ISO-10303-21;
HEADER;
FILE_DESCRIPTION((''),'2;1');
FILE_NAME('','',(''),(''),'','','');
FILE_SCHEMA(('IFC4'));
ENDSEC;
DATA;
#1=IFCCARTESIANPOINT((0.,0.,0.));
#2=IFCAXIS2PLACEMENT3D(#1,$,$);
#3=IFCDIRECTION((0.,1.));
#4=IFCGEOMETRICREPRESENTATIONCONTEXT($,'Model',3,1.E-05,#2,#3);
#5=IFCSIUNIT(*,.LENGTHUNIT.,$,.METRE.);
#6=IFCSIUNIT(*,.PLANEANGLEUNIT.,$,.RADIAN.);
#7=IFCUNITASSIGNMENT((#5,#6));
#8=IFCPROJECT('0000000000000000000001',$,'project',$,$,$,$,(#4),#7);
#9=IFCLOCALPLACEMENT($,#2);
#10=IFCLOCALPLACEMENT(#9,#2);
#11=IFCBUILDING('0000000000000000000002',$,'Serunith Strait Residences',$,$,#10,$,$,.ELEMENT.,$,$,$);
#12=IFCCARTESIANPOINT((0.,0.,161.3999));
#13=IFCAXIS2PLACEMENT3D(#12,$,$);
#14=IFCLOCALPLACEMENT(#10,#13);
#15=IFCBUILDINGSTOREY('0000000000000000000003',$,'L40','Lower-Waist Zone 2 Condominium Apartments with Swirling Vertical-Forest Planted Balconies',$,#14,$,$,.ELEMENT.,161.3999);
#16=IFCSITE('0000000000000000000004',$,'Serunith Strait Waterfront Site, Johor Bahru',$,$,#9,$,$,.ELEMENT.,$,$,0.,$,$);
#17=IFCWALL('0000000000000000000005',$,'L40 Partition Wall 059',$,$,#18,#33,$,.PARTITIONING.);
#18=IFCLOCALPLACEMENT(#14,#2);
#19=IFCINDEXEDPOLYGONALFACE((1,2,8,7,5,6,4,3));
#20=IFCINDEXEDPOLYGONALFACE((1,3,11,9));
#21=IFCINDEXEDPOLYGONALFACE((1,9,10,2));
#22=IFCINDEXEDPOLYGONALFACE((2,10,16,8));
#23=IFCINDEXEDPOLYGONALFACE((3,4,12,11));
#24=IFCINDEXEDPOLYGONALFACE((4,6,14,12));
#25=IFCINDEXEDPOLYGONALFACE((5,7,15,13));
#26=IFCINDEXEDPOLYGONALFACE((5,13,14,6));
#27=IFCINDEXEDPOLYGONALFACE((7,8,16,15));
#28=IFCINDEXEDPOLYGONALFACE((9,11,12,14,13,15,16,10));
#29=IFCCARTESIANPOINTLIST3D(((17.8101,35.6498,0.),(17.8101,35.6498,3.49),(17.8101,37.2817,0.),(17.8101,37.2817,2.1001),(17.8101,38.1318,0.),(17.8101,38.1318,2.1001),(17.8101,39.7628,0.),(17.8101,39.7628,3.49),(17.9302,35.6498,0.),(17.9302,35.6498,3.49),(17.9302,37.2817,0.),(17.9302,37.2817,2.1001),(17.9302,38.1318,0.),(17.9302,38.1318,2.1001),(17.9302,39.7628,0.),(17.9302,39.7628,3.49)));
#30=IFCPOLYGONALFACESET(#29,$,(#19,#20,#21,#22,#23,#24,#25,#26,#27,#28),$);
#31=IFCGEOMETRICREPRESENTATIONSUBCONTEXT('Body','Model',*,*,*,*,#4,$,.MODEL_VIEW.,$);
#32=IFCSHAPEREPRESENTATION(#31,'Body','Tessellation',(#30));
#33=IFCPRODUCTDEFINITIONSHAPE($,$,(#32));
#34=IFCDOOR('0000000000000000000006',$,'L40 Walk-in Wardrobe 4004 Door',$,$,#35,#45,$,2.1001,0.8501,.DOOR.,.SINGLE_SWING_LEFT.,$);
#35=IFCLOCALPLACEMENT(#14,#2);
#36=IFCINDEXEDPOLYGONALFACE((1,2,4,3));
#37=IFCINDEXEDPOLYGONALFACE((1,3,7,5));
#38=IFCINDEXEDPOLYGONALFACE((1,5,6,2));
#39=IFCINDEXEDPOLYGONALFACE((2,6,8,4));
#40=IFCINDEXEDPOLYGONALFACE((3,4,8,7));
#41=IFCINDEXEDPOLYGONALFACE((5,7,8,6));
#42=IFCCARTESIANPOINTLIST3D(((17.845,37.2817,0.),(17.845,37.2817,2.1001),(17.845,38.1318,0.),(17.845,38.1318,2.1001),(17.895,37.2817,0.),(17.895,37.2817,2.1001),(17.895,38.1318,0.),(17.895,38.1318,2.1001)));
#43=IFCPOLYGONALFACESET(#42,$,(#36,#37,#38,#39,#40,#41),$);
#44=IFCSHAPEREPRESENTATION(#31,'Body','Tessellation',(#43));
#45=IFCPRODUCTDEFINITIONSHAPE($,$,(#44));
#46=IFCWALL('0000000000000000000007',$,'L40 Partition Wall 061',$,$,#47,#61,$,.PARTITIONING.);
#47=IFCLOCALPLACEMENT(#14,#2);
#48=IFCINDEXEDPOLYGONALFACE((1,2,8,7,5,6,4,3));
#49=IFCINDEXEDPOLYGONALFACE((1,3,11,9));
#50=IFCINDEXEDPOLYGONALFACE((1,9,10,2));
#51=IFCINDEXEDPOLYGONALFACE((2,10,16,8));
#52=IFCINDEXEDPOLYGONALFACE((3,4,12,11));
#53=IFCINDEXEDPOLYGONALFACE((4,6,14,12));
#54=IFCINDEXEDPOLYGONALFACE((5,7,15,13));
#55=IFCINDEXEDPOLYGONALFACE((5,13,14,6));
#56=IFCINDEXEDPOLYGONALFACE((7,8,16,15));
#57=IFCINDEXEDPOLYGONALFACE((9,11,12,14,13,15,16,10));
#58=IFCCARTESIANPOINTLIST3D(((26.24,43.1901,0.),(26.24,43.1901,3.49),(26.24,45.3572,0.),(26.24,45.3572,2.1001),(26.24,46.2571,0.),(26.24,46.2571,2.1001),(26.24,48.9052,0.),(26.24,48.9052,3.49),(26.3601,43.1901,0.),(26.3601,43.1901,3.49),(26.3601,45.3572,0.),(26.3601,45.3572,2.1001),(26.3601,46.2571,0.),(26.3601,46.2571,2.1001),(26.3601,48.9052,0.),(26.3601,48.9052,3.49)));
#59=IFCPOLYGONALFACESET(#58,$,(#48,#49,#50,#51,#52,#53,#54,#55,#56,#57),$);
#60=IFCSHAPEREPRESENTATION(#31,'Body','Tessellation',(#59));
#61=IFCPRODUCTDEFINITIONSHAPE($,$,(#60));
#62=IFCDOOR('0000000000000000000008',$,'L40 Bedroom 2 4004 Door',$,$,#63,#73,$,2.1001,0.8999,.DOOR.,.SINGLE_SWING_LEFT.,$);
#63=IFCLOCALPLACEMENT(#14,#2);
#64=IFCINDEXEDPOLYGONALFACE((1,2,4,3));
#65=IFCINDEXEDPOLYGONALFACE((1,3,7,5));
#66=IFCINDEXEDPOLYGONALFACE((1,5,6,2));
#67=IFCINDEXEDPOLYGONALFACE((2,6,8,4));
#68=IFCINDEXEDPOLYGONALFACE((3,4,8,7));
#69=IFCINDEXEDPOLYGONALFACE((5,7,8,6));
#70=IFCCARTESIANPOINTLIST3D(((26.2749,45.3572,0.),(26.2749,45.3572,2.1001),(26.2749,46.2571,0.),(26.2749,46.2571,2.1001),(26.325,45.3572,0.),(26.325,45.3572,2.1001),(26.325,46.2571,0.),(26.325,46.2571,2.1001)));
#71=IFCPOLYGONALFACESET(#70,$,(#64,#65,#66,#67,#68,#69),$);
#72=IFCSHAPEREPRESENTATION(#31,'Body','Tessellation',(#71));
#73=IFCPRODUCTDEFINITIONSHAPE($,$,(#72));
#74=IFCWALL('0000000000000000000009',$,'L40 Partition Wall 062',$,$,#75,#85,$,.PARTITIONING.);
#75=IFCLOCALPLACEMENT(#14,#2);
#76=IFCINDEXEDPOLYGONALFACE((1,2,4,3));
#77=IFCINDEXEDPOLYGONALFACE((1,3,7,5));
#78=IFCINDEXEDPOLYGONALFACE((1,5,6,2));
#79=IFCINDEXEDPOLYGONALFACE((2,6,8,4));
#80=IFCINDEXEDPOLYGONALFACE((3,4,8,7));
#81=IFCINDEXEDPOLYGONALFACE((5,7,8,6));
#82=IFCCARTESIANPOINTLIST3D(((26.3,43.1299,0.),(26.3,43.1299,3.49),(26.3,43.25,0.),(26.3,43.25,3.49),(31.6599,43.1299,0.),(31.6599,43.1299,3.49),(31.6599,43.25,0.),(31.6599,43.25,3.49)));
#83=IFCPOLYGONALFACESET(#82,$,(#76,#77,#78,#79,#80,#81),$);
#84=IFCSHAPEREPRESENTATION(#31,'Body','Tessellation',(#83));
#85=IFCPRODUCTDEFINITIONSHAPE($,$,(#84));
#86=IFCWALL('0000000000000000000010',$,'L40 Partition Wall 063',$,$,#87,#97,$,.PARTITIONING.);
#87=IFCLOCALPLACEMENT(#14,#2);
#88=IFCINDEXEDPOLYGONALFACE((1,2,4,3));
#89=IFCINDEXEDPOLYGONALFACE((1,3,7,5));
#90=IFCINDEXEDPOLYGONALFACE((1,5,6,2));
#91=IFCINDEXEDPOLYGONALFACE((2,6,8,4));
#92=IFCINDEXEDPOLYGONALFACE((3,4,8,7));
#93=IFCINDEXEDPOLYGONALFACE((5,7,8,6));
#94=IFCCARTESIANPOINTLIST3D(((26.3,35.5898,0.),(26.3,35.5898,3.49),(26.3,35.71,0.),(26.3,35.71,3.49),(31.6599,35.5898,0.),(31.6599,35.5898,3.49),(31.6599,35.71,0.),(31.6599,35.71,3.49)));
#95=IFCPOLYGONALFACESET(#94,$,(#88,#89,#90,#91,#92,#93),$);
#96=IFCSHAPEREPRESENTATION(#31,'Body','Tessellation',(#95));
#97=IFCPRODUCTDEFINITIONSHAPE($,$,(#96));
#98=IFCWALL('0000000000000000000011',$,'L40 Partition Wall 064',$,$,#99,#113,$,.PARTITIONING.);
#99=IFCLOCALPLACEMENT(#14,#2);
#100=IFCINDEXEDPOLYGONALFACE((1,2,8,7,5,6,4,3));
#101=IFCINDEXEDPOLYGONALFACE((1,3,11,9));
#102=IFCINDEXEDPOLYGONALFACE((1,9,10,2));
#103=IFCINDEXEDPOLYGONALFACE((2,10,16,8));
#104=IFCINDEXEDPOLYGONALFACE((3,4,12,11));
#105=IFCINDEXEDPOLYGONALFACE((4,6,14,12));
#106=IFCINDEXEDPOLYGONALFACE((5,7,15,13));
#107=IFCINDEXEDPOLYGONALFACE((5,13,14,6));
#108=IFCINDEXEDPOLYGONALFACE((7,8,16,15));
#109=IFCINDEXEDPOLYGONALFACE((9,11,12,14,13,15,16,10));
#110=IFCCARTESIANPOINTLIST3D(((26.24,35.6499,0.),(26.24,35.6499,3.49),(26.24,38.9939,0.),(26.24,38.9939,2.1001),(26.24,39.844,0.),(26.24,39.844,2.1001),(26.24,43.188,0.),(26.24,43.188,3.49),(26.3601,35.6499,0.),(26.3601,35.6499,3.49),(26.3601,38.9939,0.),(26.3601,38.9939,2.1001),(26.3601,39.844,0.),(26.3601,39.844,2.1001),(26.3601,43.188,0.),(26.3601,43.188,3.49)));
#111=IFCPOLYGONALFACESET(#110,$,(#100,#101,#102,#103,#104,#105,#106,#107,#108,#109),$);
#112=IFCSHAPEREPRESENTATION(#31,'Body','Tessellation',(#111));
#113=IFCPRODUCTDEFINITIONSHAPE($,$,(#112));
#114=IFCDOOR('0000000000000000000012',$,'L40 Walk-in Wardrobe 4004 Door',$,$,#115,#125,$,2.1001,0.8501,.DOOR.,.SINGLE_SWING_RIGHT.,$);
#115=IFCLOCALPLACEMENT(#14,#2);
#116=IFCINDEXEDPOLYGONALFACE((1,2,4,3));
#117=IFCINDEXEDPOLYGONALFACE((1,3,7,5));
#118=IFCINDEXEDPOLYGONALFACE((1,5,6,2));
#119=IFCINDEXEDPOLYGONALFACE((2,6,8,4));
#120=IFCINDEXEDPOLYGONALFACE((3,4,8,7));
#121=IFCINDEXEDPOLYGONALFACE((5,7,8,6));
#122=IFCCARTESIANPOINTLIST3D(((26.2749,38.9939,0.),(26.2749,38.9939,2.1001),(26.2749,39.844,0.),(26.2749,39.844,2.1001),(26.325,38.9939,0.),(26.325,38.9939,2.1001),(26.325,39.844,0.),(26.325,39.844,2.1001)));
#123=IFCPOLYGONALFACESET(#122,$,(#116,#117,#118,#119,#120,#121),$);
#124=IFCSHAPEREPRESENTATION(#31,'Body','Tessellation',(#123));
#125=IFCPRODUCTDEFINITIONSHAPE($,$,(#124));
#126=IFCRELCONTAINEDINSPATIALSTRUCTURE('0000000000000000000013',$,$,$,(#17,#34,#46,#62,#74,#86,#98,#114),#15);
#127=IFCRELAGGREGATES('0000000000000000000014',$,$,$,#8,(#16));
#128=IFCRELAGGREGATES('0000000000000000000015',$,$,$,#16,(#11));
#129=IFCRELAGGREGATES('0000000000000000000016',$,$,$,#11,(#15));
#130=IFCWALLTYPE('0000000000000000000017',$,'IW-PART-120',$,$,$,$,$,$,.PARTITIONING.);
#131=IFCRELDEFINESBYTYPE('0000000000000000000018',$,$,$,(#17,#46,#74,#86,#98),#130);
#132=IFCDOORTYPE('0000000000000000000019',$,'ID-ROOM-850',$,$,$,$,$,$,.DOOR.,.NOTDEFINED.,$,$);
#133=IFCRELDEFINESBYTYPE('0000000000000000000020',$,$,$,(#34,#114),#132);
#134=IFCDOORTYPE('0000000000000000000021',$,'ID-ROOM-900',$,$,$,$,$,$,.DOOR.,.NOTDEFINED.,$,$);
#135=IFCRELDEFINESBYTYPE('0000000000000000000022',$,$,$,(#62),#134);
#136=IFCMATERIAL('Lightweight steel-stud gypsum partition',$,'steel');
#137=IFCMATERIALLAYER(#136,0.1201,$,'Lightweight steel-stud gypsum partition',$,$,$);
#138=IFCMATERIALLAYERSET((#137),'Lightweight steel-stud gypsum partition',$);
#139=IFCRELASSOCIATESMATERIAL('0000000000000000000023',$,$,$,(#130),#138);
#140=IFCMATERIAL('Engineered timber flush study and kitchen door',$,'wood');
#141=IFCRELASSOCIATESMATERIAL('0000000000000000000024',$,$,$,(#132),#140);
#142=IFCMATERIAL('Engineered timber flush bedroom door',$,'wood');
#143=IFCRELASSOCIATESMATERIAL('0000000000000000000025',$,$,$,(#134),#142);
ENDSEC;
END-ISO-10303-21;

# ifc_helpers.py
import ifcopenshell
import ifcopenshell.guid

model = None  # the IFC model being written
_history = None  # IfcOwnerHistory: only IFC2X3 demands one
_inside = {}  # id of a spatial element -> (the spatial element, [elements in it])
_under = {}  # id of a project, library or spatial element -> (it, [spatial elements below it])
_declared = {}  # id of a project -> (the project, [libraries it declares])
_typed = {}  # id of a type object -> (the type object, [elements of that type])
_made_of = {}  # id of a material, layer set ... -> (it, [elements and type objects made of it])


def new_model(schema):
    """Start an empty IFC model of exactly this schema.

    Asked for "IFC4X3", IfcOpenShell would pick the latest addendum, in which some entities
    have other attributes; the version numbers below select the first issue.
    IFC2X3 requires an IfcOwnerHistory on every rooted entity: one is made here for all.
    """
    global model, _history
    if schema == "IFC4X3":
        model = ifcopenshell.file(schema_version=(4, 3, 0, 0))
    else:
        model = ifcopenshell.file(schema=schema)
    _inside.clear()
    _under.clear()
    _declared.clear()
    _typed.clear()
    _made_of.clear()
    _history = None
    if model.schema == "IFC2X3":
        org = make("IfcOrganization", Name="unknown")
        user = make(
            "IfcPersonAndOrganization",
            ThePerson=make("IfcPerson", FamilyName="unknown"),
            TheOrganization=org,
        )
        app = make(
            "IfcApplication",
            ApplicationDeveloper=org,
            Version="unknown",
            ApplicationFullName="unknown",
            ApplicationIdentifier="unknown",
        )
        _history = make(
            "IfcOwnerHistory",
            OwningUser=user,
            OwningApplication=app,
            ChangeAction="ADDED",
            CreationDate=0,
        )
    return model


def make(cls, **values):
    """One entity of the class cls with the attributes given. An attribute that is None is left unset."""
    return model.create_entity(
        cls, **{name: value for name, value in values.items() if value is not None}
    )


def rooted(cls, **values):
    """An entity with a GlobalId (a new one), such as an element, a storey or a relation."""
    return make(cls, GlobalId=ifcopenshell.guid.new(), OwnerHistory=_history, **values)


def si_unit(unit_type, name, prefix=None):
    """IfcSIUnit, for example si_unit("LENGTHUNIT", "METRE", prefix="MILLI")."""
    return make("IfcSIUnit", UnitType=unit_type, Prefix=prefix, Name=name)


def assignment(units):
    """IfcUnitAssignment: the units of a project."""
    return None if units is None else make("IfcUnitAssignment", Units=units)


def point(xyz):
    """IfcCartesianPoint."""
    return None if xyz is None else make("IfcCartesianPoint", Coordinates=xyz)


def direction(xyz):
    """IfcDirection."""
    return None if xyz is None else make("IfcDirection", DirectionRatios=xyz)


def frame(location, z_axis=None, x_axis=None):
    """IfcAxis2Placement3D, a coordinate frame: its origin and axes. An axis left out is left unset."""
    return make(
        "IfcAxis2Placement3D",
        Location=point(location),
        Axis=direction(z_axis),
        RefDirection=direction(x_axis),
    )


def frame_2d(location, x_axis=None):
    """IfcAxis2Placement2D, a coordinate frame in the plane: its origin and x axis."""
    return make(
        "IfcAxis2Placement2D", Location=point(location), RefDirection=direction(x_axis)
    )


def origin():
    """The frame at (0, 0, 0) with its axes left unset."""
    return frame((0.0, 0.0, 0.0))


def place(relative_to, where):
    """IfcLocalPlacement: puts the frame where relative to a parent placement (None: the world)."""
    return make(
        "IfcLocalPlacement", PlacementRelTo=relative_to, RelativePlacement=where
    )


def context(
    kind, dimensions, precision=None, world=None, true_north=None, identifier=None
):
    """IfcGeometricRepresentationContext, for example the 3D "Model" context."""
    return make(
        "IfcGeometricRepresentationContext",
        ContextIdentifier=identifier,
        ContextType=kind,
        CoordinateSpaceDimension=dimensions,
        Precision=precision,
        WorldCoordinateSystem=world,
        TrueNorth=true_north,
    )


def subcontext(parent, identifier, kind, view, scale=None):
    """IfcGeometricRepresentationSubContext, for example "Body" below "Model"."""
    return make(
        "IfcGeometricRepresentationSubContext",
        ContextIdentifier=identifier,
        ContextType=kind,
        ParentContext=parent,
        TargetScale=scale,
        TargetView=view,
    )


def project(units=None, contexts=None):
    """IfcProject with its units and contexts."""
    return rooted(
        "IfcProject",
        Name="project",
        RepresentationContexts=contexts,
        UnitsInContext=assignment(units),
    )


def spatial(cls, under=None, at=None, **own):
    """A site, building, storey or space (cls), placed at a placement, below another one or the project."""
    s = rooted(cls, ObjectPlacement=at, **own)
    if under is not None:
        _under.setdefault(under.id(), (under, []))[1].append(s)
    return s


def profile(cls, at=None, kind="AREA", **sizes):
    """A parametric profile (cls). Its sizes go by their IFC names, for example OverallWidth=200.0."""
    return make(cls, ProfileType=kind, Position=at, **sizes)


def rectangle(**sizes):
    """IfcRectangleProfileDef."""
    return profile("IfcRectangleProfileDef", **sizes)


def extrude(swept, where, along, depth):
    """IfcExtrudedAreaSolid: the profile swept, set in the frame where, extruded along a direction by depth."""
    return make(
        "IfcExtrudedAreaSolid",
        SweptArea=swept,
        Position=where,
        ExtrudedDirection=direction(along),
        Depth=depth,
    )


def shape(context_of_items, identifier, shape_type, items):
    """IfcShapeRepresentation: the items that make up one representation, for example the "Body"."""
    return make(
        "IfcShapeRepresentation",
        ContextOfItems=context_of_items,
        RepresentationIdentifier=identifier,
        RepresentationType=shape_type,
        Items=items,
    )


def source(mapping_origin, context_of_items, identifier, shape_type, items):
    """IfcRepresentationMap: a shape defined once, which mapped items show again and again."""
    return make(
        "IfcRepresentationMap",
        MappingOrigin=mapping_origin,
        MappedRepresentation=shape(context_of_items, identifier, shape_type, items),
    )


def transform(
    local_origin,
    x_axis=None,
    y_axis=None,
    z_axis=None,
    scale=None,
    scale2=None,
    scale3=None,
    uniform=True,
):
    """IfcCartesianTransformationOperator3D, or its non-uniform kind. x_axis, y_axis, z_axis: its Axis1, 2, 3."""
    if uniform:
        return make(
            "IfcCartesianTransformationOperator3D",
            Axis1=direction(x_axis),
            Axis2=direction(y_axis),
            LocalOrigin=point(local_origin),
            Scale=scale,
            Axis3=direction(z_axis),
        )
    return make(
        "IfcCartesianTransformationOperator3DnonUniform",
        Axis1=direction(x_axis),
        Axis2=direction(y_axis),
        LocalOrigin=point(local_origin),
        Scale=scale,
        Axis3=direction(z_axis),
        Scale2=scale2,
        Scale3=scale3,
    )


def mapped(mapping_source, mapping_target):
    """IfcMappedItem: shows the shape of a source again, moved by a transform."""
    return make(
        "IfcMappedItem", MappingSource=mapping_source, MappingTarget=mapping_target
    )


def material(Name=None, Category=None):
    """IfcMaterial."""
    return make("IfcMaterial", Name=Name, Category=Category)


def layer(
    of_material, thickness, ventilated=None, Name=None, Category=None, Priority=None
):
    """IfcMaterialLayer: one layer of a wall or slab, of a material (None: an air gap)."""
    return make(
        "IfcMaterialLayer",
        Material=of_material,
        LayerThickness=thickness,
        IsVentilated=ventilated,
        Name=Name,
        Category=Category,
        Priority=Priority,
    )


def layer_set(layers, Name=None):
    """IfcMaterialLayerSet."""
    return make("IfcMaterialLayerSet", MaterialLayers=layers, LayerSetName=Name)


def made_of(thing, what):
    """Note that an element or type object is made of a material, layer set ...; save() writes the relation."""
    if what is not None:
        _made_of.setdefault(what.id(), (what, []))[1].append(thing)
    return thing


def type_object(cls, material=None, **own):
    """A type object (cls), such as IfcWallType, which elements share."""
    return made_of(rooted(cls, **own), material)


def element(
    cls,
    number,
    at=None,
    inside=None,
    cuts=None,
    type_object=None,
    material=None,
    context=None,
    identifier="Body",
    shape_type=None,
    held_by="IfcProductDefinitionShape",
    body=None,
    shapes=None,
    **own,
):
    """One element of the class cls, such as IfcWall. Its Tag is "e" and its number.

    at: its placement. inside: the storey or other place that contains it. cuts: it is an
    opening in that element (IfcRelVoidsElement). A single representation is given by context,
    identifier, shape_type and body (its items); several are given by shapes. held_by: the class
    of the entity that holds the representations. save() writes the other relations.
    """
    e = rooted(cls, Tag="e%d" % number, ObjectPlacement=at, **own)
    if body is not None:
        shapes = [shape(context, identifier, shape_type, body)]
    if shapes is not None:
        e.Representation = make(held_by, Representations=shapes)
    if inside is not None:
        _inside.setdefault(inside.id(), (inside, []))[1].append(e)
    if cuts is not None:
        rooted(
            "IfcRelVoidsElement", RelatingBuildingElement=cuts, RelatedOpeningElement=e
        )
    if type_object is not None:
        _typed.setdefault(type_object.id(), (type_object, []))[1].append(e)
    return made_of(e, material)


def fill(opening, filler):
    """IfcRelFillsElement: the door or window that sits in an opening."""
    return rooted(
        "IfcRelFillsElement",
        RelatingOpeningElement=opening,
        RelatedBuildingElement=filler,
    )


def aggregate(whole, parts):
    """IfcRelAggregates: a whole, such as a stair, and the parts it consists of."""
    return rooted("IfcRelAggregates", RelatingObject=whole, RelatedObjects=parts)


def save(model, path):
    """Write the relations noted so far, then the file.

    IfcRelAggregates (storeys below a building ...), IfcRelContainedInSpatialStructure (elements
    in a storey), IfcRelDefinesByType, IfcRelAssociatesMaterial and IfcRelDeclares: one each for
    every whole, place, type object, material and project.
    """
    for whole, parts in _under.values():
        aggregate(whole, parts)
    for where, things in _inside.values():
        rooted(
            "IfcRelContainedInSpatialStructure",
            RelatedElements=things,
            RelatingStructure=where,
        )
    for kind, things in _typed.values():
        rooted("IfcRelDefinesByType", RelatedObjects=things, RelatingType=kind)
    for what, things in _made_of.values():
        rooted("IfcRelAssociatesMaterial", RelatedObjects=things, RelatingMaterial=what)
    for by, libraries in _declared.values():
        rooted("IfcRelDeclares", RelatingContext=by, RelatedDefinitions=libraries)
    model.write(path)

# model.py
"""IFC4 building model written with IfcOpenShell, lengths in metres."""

from ifc_helpers import new_model, si_unit, direction, frame, frame_2d, origin, place, context, subcontext, project, spatial, rectangle, extrude, source, transform, mapped, material, layer, layer_set, type_object, element, fill, save


model = new_model("IFC4")

# Units and contexts
model_context = context("Model", 3, precision=1e-05, world=origin(), true_north=direction((0.0, 1.0)))
body_context = subcontext(model_context, "Body", "Model", "MODEL_VIEW")
ifc_project = project(units=[si_unit("LENGTHUNIT", "METRE"), si_unit("PLANEANGLEUNIT", "RADIAN")], contexts=[model_context])

# Site, building, storey
site_placement = place(None, origin())
site = spatial("IfcSite", under=ifc_project, at=site_placement, Name="Serunith Strait Waterfront Site, Johor Bahru", CompositionType="ELEMENT", RefElevation=0.0)
building_placement = place(site_placement, origin())
building = spatial("IfcBuilding", under=site, at=building_placement, Name="Serunith Strait Residences", CompositionType="ELEMENT")
storey_placement = place(building_placement, frame((0.0, 0.0, 161.3999)))
storey = spatial("IfcBuildingStorey", under=building, at=storey_placement, Name="L40", Description="Lower-Waist Zone 2 Condominium Apartments with Swirling Vertical-Forest Planted Balconies", CompositionType="ELEMENT", Elevation=161.3999)

# Shared definitions
ifc_material_1 = material(Name="Lightweight steel-stud gypsum partition", Category="steel")
ifc_layer_1 = layer(ifc_material_1, 0.1201, Name="Lightweight steel-stud gypsum partition")
ifc_layer_set_1 = layer_set([ifc_layer_1], Name="Lightweight steel-stud gypsum partition")
wall_type = type_object("IfcWallType", Name="IW-PART-120", PredefinedType="PARTITIONING", material=ifc_layer_set_1)
ifc_material_2 = material(Name="Engineered timber flush study and kitchen door", Category="wood")
door_type_1 = type_object("IfcDoorType", Name="ID-ROOM-850", OperationType="NOTDEFINED", PredefinedType="DOOR", material=ifc_material_2)
shared_shape_1 = source(origin(), body_context, "Body", "SweptSolid", [
    extrude(rectangle(XDim=0.8501, YDim=2.1001, at=frame_2d((0.425, 1.05))), frame((0.0, 0.0249, 0.0), z_axis=(0.0, -1.0, 0.0), x_axis=(1.0, 0.0, 0.0)), (0.0, 0.0, 1.0), 0.05),
])

# Walls, openings, doors
ifc_material_3 = material(Name="Engineered timber flush bedroom door", Category="wood")
door_type_2 = type_object("IfcDoorType", Name="ID-ROOM-900", OperationType="NOTDEFINED", PredefinedType="DOOR", material=ifc_material_3)
shared_shape_2 = source(origin(), body_context, "Body", "SweptSolid", [
    extrude(rectangle(XDim=0.8999, YDim=2.1001, at=frame_2d((0.45, 1.05))), frame((0.0, 0.0249, 0.0), z_axis=(0.0, -1.0, 0.0), x_axis=(1.0, 0.0, 0.0)), (0.0, 0.0, 1.0), 0.05),
])
wall_1_placement = place(storey_placement, frame((17.8701, 39.7629, 0.0), z_axis=(0.0, 0.0, 1.0), x_axis=(0.0, -1.0, 0.0)))
wall_1 = element("IfcWall", 1, at=wall_1_placement, inside=storey, type_object=wall_type, Name="L40 Partition Wall 059", PredefinedType="PARTITIONING", context=body_context, shape_type="SweptSolid", body=[
    extrude(rectangle(XDim=4.113, YDim=0.1201, at=frame_2d((2.0566, 0.0))), origin(), (0.0, 0.0, 1.0), 3.49),
])
opening_1_placement = place(wall_1_placement, frame((1.6311, 0.0, 0.0)))
opening_1 = element("IfcOpeningElement", 2, at=opening_1_placement, cuts=wall_1, PredefinedType="OPENING", context=body_context, shape_type="SweptSolid", body=[
    extrude(rectangle(XDim=0.8501, YDim=2.1001, at=frame_2d((0.425, 1.05))), frame((0.0, 0.0701, 0.0), z_axis=(0.0, -1.0, 0.0), x_axis=(1.0, 0.0, 0.0)), (0.0, 0.0, 1.0), 0.1401),
])
door_1_placement = place(opening_1_placement, origin())
door_1 = element("IfcDoor", 3, at=door_1_placement, inside=storey, type_object=door_type_1, Name="L40 Walk-in Wardrobe 4004 Door", OperationType="SINGLE_SWING_LEFT", OverallHeight=2.1001, OverallWidth=0.8501, PredefinedType="DOOR", context=body_context, shape_type="MappedRepresentation", body=[
    mapped(shared_shape_1, transform((0.0, 0.0, 0.0), scale=1.0)),
])
fill(opening_1, door_1)
wall_2_placement = place(storey_placement, frame((26.3, 48.905, 0.0), z_axis=(0.0, 0.0, 1.0), x_axis=(0.0, -1.0, 0.0)))
wall_2 = element("IfcWall", 4, at=wall_2_placement, inside=storey, type_object=wall_type, Name="L40 Partition Wall 061", PredefinedType="PARTITIONING", context=body_context, shape_type="SweptSolid", body=[
    extrude(rectangle(XDim=5.7151, YDim=0.1201, at=frame_2d((2.8574, 0.0))), origin(), (0.0, 0.0, 1.0), 3.49),
])
opening_2_placement = place(wall_2_placement, frame((2.6479, 0.0, 0.0)))
opening_2 = element("IfcOpeningElement", 5, at=opening_2_placement, cuts=wall_2, PredefinedType="OPENING", context=body_context, shape_type="SweptSolid", body=[
    extrude(rectangle(XDim=0.8999, YDim=2.1001, at=frame_2d((0.45, 1.05))), frame((0.0, 0.0701, 0.0), z_axis=(0.0, -1.0, 0.0), x_axis=(1.0, 0.0, 0.0)), (0.0, 0.0, 1.0), 0.1401),
])
door_2_placement = place(opening_2_placement, origin())
door_2 = element("IfcDoor", 6, at=door_2_placement, inside=storey, type_object=door_type_2, Name="L40 Bedroom 2 4004 Door", OperationType="SINGLE_SWING_LEFT", OverallHeight=2.1001, OverallWidth=0.8999, PredefinedType="DOOR", context=body_context, shape_type="MappedRepresentation", body=[
    mapped(shared_shape_2, transform((0.0, 0.0, 0.0), scale=1.0)),
])
fill(opening_2, door_2)

# Walls
for number, where, z_axis, x_axis, name in (
    (7, (26.3, 43.1899, 0.0), (0.0, 0.0, 1.0), (1.0, 0.0, 0.0), "L40 Partition Wall 062"),
    (8, (26.3, 35.6499, 0.0), (0.0, 0.0, 1.0), (1.0, 0.0, 0.0), "L40 Partition Wall 063"),
):
    element("IfcWall", number, at=place(storey_placement, frame(where, z_axis=z_axis, x_axis=x_axis)), inside=storey, type_object=wall_type, Name=name, PredefinedType="PARTITIONING", context=body_context, shape_type="SweptSolid", body=[
        extrude(rectangle(XDim=5.3599, YDim=0.1201, at=frame_2d((2.6799, 0.0))), origin(), (0.0, 0.0, 1.0), 3.49),
    ])

# Wall, opening, door
wall_3_placement = place(storey_placement, frame((26.3, 43.188, 0.0), z_axis=(0.0, 0.0, 1.0), x_axis=(0.0, -1.0, 0.0)))
wall_3 = element("IfcWall", 9, at=wall_3_placement, inside=storey, type_object=wall_type, Name="L40 Partition Wall 064", PredefinedType="PARTITIONING", context=body_context, shape_type="SweptSolid", body=[
    extrude(rectangle(XDim=7.5381, YDim=0.1201, at=frame_2d((3.769, 0.0))), origin(), (0.0, 0.0, 1.0), 3.49),
])
opening_3_placement = place(wall_3_placement, frame((3.344, 0.0, 0.0)))
opening_3 = element("IfcOpeningElement", 10, at=opening_3_placement, cuts=wall_3, PredefinedType="OPENING", context=body_context, shape_type="SweptSolid", body=[
    extrude(rectangle(XDim=0.8501, YDim=2.1001, at=frame_2d((0.425, 1.05))), frame((0.0, 0.0701, 0.0), z_axis=(0.0, -1.0, 0.0), x_axis=(1.0, 0.0, 0.0)), (0.0, 0.0, 1.0), 0.1401),
])
door_3_placement = place(opening_3_placement, origin())
door_3 = element("IfcDoor", 11, at=door_3_placement, inside=storey, type_object=door_type_1, Name="L40 Walk-in Wardrobe 4004 Door", OperationType="SINGLE_SWING_RIGHT", OverallHeight=2.1001, OverallWidth=0.8501, PredefinedType="DOOR", context=body_context, shape_type="MappedRepresentation", body=[
    mapped(shared_shape_1, transform((0.0, 0.0, 0.0), scale=1.0)),
])
fill(opening_3, door_3)

save(model, "model.ifc")
